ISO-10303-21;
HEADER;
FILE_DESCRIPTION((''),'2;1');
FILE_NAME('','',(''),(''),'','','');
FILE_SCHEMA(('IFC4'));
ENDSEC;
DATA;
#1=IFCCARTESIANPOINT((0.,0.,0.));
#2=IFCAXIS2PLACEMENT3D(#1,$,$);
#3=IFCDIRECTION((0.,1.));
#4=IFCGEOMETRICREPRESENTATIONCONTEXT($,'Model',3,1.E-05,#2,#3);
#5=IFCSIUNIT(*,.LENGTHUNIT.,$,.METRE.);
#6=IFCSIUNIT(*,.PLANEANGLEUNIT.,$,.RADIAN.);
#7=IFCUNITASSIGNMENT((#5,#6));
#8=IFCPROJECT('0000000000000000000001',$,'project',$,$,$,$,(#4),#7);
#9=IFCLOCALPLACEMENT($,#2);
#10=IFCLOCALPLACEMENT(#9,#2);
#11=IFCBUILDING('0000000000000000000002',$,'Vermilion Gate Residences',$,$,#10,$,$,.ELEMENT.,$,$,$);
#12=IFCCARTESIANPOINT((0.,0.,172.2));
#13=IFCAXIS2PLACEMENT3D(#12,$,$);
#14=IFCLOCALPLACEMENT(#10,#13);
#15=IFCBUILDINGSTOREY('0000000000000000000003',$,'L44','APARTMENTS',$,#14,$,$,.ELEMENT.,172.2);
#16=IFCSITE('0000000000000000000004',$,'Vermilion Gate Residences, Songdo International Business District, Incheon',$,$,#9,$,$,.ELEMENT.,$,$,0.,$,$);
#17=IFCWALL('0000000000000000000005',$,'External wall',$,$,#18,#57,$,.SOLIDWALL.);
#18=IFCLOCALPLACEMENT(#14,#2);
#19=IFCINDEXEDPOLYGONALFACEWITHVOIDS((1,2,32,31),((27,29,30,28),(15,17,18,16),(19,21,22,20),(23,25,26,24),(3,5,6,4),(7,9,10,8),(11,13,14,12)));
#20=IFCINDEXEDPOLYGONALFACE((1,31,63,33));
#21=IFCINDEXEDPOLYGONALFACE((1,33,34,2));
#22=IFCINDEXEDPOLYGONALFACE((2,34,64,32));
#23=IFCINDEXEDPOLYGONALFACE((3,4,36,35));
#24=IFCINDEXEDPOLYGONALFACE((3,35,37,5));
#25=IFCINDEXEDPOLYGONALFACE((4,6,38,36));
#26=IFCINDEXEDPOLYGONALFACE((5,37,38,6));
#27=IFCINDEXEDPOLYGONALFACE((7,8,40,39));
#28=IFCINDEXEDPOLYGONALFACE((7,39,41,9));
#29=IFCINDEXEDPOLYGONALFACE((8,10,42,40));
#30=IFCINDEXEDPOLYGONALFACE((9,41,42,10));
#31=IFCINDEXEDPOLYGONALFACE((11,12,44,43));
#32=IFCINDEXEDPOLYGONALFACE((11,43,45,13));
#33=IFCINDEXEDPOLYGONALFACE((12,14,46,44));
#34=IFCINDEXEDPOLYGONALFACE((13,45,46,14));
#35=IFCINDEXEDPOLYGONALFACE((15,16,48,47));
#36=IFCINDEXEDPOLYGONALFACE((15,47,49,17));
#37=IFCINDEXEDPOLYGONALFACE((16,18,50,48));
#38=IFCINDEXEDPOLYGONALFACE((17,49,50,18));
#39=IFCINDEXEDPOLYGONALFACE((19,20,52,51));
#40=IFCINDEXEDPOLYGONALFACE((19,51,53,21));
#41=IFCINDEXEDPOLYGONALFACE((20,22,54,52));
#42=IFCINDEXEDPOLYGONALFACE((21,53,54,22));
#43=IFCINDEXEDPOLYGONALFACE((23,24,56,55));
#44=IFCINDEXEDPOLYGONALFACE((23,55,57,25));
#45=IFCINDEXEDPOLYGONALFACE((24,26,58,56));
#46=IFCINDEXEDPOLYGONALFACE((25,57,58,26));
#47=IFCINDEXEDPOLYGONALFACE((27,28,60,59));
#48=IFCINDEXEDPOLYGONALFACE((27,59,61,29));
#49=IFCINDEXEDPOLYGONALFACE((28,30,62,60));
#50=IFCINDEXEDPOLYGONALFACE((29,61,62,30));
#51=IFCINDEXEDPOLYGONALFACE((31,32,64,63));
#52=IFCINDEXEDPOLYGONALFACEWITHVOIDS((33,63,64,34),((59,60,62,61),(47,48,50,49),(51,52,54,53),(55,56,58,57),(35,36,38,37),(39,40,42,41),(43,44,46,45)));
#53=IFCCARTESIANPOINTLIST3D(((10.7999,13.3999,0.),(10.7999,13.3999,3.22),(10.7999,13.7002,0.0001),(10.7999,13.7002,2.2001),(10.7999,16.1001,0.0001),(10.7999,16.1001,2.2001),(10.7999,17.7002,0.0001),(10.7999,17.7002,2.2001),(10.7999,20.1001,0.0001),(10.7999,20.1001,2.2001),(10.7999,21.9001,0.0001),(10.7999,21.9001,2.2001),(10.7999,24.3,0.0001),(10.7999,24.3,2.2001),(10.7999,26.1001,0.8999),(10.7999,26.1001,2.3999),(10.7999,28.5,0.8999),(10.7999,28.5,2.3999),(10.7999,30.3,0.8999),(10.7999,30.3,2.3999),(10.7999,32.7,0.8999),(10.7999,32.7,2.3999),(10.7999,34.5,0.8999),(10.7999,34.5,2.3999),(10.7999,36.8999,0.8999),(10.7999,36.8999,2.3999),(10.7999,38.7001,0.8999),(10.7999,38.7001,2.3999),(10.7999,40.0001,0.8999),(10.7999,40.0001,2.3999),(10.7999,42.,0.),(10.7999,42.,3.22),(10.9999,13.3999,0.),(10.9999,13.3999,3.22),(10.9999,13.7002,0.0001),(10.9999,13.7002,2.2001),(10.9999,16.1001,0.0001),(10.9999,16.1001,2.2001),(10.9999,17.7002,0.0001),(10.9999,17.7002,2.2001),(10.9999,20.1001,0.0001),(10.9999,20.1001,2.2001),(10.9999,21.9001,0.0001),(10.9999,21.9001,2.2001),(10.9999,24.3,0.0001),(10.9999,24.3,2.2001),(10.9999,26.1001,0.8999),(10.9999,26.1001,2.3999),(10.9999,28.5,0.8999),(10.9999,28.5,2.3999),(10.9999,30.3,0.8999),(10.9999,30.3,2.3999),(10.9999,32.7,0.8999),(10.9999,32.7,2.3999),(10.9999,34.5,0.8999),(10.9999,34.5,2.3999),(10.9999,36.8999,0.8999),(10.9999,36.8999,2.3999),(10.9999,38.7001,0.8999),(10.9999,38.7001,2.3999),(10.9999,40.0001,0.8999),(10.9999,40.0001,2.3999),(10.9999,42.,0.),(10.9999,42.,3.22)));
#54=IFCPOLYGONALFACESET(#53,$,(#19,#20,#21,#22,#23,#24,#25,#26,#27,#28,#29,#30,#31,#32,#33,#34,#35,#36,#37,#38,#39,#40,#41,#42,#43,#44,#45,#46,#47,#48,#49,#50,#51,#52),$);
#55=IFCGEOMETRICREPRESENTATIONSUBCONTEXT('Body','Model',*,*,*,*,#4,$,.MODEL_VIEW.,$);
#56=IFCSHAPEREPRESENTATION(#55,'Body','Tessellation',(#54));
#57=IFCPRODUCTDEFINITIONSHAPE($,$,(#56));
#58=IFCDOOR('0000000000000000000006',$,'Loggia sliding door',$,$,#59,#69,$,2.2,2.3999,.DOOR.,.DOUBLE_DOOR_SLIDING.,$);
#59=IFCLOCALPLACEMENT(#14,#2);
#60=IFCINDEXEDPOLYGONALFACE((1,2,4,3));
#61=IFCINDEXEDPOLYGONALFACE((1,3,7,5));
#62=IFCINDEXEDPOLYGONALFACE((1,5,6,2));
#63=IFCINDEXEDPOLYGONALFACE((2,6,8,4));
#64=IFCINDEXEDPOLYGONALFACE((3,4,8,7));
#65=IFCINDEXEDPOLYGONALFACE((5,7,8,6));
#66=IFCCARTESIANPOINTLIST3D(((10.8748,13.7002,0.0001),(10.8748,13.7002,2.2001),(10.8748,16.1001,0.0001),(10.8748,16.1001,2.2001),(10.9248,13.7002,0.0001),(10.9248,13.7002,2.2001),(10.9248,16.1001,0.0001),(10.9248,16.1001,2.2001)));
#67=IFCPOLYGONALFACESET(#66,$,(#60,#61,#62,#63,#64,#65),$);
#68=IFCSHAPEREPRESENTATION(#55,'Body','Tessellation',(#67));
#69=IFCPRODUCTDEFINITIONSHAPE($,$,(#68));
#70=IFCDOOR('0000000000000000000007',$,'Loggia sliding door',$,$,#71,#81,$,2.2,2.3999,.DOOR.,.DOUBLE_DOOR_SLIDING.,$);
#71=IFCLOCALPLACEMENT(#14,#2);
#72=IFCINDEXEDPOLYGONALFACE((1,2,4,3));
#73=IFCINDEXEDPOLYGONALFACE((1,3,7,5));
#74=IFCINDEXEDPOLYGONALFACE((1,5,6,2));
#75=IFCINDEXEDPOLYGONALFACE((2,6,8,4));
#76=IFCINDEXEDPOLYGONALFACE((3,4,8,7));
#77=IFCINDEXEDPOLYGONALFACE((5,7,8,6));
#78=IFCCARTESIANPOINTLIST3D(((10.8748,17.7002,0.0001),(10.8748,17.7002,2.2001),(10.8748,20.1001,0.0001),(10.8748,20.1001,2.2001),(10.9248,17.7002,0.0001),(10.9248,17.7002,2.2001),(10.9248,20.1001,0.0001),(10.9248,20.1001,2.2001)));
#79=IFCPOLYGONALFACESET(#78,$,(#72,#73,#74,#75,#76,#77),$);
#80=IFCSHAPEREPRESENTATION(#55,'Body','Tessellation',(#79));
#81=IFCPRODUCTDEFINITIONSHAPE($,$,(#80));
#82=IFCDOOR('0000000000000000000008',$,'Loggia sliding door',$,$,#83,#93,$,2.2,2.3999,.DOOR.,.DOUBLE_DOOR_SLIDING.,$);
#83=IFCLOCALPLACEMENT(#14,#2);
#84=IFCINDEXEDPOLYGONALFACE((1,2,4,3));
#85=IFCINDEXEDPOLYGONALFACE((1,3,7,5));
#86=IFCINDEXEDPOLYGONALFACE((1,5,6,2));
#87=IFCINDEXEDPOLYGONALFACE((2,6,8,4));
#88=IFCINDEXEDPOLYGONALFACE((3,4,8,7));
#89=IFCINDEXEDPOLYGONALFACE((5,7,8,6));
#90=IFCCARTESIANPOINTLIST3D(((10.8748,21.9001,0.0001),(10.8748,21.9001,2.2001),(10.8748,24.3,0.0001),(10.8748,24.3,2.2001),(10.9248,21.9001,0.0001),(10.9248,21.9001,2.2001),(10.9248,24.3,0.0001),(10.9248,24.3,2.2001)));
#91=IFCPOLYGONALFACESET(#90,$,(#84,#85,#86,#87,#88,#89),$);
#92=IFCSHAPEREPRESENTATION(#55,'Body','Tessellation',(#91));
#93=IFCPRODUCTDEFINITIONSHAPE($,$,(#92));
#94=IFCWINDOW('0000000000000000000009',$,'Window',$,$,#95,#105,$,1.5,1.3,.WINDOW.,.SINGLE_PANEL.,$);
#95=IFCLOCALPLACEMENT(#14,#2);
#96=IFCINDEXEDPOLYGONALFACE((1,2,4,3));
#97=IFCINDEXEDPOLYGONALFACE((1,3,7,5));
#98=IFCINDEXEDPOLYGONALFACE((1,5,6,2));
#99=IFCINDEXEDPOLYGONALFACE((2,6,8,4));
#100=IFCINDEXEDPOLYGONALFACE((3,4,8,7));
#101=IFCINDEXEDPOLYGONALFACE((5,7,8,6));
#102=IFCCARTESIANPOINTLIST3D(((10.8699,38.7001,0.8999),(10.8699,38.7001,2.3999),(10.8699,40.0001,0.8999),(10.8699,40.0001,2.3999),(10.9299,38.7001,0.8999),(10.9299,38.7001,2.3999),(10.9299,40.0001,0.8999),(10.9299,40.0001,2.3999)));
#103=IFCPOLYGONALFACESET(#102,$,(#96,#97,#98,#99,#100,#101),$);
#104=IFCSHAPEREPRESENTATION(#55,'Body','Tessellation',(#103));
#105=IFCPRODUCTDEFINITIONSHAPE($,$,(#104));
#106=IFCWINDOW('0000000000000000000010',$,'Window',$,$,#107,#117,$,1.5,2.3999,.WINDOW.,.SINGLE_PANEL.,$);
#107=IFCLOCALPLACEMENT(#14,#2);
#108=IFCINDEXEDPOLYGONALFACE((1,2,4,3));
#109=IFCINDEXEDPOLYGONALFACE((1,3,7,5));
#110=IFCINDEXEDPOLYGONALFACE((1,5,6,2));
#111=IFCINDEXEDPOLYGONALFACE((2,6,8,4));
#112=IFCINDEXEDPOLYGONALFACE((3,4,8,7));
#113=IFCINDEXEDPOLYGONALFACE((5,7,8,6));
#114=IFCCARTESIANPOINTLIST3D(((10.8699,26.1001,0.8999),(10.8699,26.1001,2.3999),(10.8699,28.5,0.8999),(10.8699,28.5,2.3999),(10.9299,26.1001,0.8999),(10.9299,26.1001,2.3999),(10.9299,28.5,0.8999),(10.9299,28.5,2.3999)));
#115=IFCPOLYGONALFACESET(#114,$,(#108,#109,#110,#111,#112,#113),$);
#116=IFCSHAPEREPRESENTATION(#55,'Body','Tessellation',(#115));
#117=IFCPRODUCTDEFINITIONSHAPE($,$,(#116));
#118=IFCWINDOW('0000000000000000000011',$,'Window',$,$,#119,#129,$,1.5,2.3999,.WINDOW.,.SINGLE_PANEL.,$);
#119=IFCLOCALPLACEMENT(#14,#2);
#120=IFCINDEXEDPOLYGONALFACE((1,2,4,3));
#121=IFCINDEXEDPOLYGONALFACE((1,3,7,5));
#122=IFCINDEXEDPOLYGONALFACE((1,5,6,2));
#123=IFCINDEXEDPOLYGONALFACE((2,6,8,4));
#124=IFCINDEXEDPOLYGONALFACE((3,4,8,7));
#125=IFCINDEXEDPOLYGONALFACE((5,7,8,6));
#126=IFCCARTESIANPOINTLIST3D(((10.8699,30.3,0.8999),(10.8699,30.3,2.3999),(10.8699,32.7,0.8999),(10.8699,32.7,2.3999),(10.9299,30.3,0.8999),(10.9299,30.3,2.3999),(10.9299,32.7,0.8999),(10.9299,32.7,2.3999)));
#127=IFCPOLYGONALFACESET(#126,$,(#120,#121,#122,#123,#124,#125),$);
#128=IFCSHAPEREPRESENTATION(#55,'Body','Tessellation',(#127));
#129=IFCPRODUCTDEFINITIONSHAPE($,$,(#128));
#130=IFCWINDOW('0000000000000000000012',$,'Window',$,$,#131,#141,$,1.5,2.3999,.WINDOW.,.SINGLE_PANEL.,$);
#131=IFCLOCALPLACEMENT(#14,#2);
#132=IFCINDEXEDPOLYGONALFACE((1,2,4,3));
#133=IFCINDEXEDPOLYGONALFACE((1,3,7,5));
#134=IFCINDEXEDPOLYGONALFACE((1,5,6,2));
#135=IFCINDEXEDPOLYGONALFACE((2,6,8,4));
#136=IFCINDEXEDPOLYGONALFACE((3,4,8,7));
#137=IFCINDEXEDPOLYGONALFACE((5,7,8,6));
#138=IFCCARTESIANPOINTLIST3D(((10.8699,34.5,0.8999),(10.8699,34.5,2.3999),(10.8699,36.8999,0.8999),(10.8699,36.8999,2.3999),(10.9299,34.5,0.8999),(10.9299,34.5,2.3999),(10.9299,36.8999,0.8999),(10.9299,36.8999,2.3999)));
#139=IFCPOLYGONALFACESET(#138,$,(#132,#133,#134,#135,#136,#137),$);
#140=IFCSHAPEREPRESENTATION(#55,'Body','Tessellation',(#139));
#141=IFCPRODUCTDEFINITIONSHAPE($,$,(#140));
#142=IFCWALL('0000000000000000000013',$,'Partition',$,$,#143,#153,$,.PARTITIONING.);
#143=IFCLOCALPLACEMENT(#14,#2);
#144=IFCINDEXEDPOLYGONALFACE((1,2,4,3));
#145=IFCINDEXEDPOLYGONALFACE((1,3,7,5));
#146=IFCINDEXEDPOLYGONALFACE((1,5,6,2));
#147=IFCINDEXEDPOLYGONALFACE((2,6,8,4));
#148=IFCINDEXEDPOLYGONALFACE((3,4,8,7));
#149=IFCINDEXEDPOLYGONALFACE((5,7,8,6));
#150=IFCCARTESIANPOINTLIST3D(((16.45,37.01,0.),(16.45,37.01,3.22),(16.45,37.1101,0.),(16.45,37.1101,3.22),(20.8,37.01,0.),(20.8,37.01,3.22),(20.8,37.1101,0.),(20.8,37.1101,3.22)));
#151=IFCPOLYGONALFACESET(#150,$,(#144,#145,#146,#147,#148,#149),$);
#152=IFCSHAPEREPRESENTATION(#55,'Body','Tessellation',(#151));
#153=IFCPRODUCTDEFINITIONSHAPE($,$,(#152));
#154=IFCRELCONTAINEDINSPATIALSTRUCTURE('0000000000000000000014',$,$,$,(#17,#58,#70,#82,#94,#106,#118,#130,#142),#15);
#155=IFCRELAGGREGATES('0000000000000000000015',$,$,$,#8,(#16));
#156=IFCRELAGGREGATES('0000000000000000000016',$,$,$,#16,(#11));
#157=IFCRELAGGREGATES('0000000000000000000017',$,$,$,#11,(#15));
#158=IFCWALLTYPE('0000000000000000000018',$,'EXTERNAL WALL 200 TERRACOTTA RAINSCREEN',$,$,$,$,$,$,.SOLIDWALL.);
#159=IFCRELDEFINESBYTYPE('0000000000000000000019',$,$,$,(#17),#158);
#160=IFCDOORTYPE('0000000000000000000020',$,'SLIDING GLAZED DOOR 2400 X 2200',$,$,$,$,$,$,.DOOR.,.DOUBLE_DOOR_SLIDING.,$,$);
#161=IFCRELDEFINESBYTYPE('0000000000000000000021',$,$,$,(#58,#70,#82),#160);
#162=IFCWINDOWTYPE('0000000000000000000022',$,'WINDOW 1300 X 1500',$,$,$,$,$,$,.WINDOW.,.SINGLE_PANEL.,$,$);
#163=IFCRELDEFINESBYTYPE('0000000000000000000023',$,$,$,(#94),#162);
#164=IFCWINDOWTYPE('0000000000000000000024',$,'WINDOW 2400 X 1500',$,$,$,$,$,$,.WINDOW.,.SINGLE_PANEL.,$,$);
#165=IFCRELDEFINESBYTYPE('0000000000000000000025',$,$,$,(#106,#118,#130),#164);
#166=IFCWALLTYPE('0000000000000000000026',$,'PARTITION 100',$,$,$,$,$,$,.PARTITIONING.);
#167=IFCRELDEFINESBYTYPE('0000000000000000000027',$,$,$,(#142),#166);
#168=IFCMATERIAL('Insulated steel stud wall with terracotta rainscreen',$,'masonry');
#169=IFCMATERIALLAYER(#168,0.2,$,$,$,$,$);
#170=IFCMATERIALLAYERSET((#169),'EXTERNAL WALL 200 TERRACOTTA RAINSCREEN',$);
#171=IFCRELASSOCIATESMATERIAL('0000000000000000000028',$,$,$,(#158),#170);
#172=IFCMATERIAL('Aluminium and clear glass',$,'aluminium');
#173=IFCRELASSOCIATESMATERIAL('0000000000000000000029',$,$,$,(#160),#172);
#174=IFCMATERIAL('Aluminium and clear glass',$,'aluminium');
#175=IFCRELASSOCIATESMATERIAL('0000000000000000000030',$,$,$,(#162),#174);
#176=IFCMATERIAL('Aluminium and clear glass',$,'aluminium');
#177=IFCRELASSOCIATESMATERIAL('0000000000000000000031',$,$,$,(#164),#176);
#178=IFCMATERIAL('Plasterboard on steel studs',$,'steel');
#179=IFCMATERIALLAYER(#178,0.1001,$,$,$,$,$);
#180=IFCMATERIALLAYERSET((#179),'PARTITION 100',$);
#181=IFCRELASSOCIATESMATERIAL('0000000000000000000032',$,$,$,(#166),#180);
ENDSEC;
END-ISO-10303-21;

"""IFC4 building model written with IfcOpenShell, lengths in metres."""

from ifc_helpers import new_model, si_unit, direction, frame, frame_2d, origin, place, context, subcontext, project, spatial, rectangle, extrude, material, layer, layer_set, type_object, element, fill, save


model = new_model("IFC4")

# Units and contexts
model_context = context("Model", 3, precision=1e-05, world=origin(), true_north=direction((0.0, 1.0)))
body_context = subcontext(model_context, "Body", "Model", "MODEL_VIEW")
ifc_project = project(units=[si_unit("LENGTHUNIT", "METRE"), si_unit("PLANEANGLEUNIT", "RADIAN")], contexts=[model_context])

# Site, building, storey
site_placement = place(None, origin())
site = spatial("IfcSite", under=ifc_project, at=site_placement, Name="Vermilion Gate Residences, Songdo International Business District, Incheon", CompositionType="ELEMENT", RefElevation=0.0)
building_placement = place(site_placement, origin())
building = spatial("IfcBuilding", under=site, at=building_placement, Name="Vermilion Gate Residences", CompositionType="ELEMENT")
storey_placement = place(building_placement, frame((0.0, 0.0, 172.2)))
storey = spatial("IfcBuildingStorey", under=building, at=storey_placement, Name="L44", Description="APARTMENTS", CompositionType="ELEMENT", Elevation=172.2)

# Wall, openings, doors, windows
ifc_material_1 = material(Name="Insulated steel stud wall with terracotta rainscreen", Category="masonry")
ifc_layer_1 = layer(ifc_material_1, 0.2)
ifc_layer_set_1 = layer_set([ifc_layer_1], Name="EXTERNAL WALL 200 TERRACOTTA RAINSCREEN")
wall_type_1 = type_object("IfcWallType", Name="EXTERNAL WALL 200 TERRACOTTA RAINSCREEN", PredefinedType="SOLIDWALL", material=ifc_layer_set_1)
wall_1_placement = place(storey_placement, frame((10.8999, 42.0, 0.0), z_axis=(0.0, 0.0, 1.0), x_axis=(0.0, -1.0, 0.0)))
wall_1 = element("IfcWall", 1, at=wall_1_placement, inside=storey, type_object=wall_type_1, Name="External wall", PredefinedType="SOLIDWALL", context=body_context, shape_type="SweptSolid", body=[
    extrude(rectangle(XDim=28.6001, YDim=0.2, at=frame_2d((14.3, 0.0))), origin(), (0.0, 0.0, 1.0), 3.22),
])
opening_1_placement = place(wall_1_placement, frame((25.8999, 0.0, 0.0)))
opening_1 = element("IfcOpeningElement", 2, at=opening_1_placement, cuts=wall_1, PredefinedType="OPENING", context=body_context, shape_type="SweptSolid", body=[
    extrude(rectangle(XDim=2.3999, YDim=2.2, at=frame_2d((1.2, 1.1001))), frame((0.0, 0.1099, 0.0), z_axis=(0.0, -1.0, 0.0), x_axis=(1.0, 0.0, 0.0)), (0.0, 0.0, 1.0), 0.22),
])
opening_2_placement = place(wall_1_placement, frame((21.8999, 0.0, 0.0)))
opening_2 = element("IfcOpeningElement", 3, at=opening_2_placement, cuts=wall_1, PredefinedType="OPENING", context=body_context, shape_type="SweptSolid", body=[
    extrude(rectangle(XDim=2.3999, YDim=2.2, at=frame_2d((1.2, 1.1001))), frame((0.0, 0.1099, 0.0), z_axis=(0.0, -1.0, 0.0), x_axis=(1.0, 0.0, 0.0)), (0.0, 0.0, 1.0), 0.22),
])
opening_3_placement = place(wall_1_placement, frame((17.7, 0.0, 0.0)))
opening_3 = element("IfcOpeningElement", 4, at=opening_3_placement, cuts=wall_1, PredefinedType="OPENING", context=body_context, shape_type="SweptSolid", body=[
    extrude(rectangle(XDim=2.3999, YDim=2.2, at=frame_2d((1.2, 1.1001))), frame((0.0, 0.1099, 0.0), z_axis=(0.0, -1.0, 0.0), x_axis=(1.0, 0.0, 0.0)), (0.0, 0.0, 1.0), 0.22),
])
opening_4_placement = place(wall_1_placement, frame((13.5, 0.0, 0.8999)))
opening_4 = element("IfcOpeningElement", 5, at=opening_4_placement, cuts=wall_1, PredefinedType="OPENING", context=body_context, shape_type="SweptSolid", body=[
    extrude(rectangle(XDim=2.3999, YDim=1.5, at=frame_2d((1.2, 0.75))), frame((0.0, 0.1099, 0.0), z_axis=(0.0, -1.0, 0.0), x_axis=(1.0, 0.0, 0.0)), (0.0, 0.0, 1.0), 0.22),
])
opening_5_placement = place(wall_1_placement, frame((9.3, 0.0, 0.8999)))
opening_5 = element("IfcOpeningElement", 6, at=opening_5_placement, cuts=wall_1, PredefinedType="OPENING", context=body_context, shape_type="SweptSolid", body=[
    extrude(rectangle(XDim=2.3999, YDim=1.5, at=frame_2d((1.2, 0.75))), frame((0.0, 0.1099, 0.0), z_axis=(0.0, -1.0, 0.0), x_axis=(1.0, 0.0, 0.0)), (0.0, 0.0, 1.0), 0.22),
])
opening_6_placement = place(wall_1_placement, frame((5.1001, 0.0, 0.8999)))
opening_6 = element("IfcOpeningElement", 7, at=opening_6_placement, cuts=wall_1, PredefinedType="OPENING", context=body_context, shape_type="SweptSolid", body=[
    extrude(rectangle(XDim=2.3999, YDim=1.5, at=frame_2d((1.2, 0.75))), frame((0.0, 0.1099, 0.0), z_axis=(0.0, -1.0, 0.0), x_axis=(1.0, 0.0, 0.0)), (0.0, 0.0, 1.0), 0.22),
])
opening_7_placement = place(wall_1_placement, frame((2.0, 0.0, 0.8999)))
opening_7 = element("IfcOpeningElement", 8, at=opening_7_placement, cuts=wall_1, PredefinedType="OPENING", context=body_context, shape_type="SweptSolid", body=[
    extrude(rectangle(XDim=1.3, YDim=1.5, at=frame_2d((0.6499, 0.75))), frame((0.0, 0.1099, 0.0), z_axis=(0.0, -1.0, 0.0), x_axis=(1.0, 0.0, 0.0)), (0.0, 0.0, 1.0), 0.22),
])
ifc_material_2 = material(Name="Aluminium and clear glass", Category="aluminium")
door_type_1 = type_object("IfcDoorType", Name="SLIDING GLAZED DOOR 2400 X 2200", OperationType="DOUBLE_DOOR_SLIDING", PredefinedType="DOOR", material=ifc_material_2)
door_1_placement = place(opening_1_placement, origin())
door_1 = element("IfcDoor", 9, at=door_1_placement, inside=storey, type_object=door_type_1, Name="Loggia sliding door", OperationType="DOUBLE_DOOR_SLIDING", OverallHeight=2.2, OverallWidth=2.3999, PredefinedType="DOOR", context=body_context, shape_type="SweptSolid", body=[
    extrude(rectangle(XDim=2.3999, YDim=2.2, at=frame_2d((1.2, 1.1001))), frame((0.0, 0.0249, 0.0), z_axis=(0.0, -1.0, 0.0), x_axis=(1.0, 0.0, 0.0)), (0.0, 0.0, 1.0), 0.05),
])
fill(opening_1, door_1)
door_2_placement = place(opening_2_placement, origin())
door_2 = element("IfcDoor", 10, at=door_2_placement, inside=storey, type_object=door_type_1, Name="Loggia sliding door", OperationType="DOUBLE_DOOR_SLIDING", OverallHeight=2.2, OverallWidth=2.3999, PredefinedType="DOOR", context=body_context, shape_type="SweptSolid", body=[
    extrude(rectangle(XDim=2.3999, YDim=2.2, at=frame_2d((1.2, 1.1001))), frame((0.0, 0.0249, 0.0), z_axis=(0.0, -1.0, 0.0), x_axis=(1.0, 0.0, 0.0)), (0.0, 0.0, 1.0), 0.05),
])
fill(opening_2, door_2)
door_3_placement = place(opening_3_placement, origin())
door_3 = element("IfcDoor", 11, at=door_3_placement, inside=storey, type_object=door_type_1, Name="Loggia sliding door", OperationType="DOUBLE_DOOR_SLIDING", OverallHeight=2.2, OverallWidth=2.3999, PredefinedType="DOOR", context=body_context, shape_type="SweptSolid", body=[
    extrude(rectangle(XDim=2.3999, YDim=2.2, at=frame_2d((1.2, 1.1001))), frame((0.0, 0.0249, 0.0), z_axis=(0.0, -1.0, 0.0), x_axis=(1.0, 0.0, 0.0)), (0.0, 0.0, 1.0), 0.05),
])
fill(opening_3, door_3)
ifc_material_3 = material(Name="Aluminium and clear glass", Category="aluminium")
window_type_1 = type_object("IfcWindowType", Name="WINDOW 1300 X 1500", PartitioningType="SINGLE_PANEL", PredefinedType="WINDOW", material=ifc_material_3)
window_1_placement = place(opening_7_placement, origin())
window_1 = element("IfcWindow", 12, at=window_1_placement, inside=storey, type_object=window_type_1, Name="Window", OverallHeight=1.5, OverallWidth=1.3, PartitioningType="SINGLE_PANEL", PredefinedType="WINDOW", context=body_context, shape_type="SweptSolid", body=[
    extrude(rectangle(XDim=1.3, YDim=1.5, at=frame_2d((0.6499, 0.75))), frame((0.0, 0.03, 0.0), z_axis=(0.0, -1.0, 0.0), x_axis=(1.0, 0.0, 0.0)), (0.0, 0.0, 1.0), 0.0601),
])
fill(opening_7, window_1)
ifc_material_4 = material(Name="Aluminium and clear glass", Category="aluminium")
window_type_2 = type_object("IfcWindowType", Name="WINDOW 2400 X 1500", PartitioningType="SINGLE_PANEL", PredefinedType="WINDOW", material=ifc_material_4)
window_2_placement = place(opening_4_placement, origin())
window_2 = element("IfcWindow", 13, at=window_2_placement, inside=storey, type_object=window_type_2, Name="Window", OverallHeight=1.5, OverallWidth=2.3999, PartitioningType="SINGLE_PANEL", PredefinedType="WINDOW", context=body_context, shape_type="SweptSolid", body=[
    extrude(rectangle(XDim=2.3999, YDim=1.5, at=frame_2d((1.2, 0.75))), frame((0.0, 0.03, 0.0), z_axis=(0.0, -1.0, 0.0), x_axis=(1.0, 0.0, 0.0)), (0.0, 0.0, 1.0), 0.0601),
])
fill(opening_4, window_2)
window_3_placement = place(opening_5_placement, origin())
window_3 = element("IfcWindow", 14, at=window_3_placement, inside=storey, type_object=window_type_2, Name="Window", OverallHeight=1.5, OverallWidth=2.3999, PartitioningType="SINGLE_PANEL", PredefinedType="WINDOW", context=body_context, shape_type="SweptSolid", body=[
    extrude(rectangle(XDim=2.3999, YDim=1.5, at=frame_2d((1.2, 0.75))), frame((0.0, 0.03, 0.0), z_axis=(0.0, -1.0, 0.0), x_axis=(1.0, 0.0, 0.0)), (0.0, 0.0, 1.0), 0.0601),
])
fill(opening_5, window_3)
window_4_placement = place(opening_6_placement, origin())
window_4 = element("IfcWindow", 15, at=window_4_placement, inside=storey, type_object=window_type_2, Name="Window", OverallHeight=1.5, OverallWidth=2.3999, PartitioningType="SINGLE_PANEL", PredefinedType="WINDOW", context=body_context, shape_type="SweptSolid", body=[
    extrude(rectangle(XDim=2.3999, YDim=1.5, at=frame_2d((1.2, 0.75))), frame((0.0, 0.03, 0.0), z_axis=(0.0, -1.0, 0.0), x_axis=(1.0, 0.0, 0.0)), (0.0, 0.0, 1.0), 0.0601),
])
fill(opening_6, window_4)

# Wall
ifc_material_5 = material(Name="Plasterboard on steel studs", Category="steel")
ifc_layer_2 = layer(ifc_material_5, 0.1001)
ifc_layer_set_2 = layer_set([ifc_layer_2], Name="PARTITION 100")
wall_type_2 = type_object("IfcWallType", Name="PARTITION 100", PredefinedType="PARTITIONING", material=ifc_layer_set_2)
wall_2_placement = place(storey_placement, frame((16.45, 37.0601, 0.0), z_axis=(0.0, 0.0, 1.0), x_axis=(1.0, 0.0, 0.0)))
element("IfcWall", 16, at=wall_2_placement, inside=storey, type_object=wall_type_2, Name="Partition", PredefinedType="PARTITIONING", context=body_context, shape_type="SweptSolid", body=[
    extrude(rectangle(XDim=4.3501, YDim=0.1001, at=frame_2d((2.175, 0.0))), origin(), (0.0, 0.0, 1.0), 3.22),
])

save(model, "model.ifc")
